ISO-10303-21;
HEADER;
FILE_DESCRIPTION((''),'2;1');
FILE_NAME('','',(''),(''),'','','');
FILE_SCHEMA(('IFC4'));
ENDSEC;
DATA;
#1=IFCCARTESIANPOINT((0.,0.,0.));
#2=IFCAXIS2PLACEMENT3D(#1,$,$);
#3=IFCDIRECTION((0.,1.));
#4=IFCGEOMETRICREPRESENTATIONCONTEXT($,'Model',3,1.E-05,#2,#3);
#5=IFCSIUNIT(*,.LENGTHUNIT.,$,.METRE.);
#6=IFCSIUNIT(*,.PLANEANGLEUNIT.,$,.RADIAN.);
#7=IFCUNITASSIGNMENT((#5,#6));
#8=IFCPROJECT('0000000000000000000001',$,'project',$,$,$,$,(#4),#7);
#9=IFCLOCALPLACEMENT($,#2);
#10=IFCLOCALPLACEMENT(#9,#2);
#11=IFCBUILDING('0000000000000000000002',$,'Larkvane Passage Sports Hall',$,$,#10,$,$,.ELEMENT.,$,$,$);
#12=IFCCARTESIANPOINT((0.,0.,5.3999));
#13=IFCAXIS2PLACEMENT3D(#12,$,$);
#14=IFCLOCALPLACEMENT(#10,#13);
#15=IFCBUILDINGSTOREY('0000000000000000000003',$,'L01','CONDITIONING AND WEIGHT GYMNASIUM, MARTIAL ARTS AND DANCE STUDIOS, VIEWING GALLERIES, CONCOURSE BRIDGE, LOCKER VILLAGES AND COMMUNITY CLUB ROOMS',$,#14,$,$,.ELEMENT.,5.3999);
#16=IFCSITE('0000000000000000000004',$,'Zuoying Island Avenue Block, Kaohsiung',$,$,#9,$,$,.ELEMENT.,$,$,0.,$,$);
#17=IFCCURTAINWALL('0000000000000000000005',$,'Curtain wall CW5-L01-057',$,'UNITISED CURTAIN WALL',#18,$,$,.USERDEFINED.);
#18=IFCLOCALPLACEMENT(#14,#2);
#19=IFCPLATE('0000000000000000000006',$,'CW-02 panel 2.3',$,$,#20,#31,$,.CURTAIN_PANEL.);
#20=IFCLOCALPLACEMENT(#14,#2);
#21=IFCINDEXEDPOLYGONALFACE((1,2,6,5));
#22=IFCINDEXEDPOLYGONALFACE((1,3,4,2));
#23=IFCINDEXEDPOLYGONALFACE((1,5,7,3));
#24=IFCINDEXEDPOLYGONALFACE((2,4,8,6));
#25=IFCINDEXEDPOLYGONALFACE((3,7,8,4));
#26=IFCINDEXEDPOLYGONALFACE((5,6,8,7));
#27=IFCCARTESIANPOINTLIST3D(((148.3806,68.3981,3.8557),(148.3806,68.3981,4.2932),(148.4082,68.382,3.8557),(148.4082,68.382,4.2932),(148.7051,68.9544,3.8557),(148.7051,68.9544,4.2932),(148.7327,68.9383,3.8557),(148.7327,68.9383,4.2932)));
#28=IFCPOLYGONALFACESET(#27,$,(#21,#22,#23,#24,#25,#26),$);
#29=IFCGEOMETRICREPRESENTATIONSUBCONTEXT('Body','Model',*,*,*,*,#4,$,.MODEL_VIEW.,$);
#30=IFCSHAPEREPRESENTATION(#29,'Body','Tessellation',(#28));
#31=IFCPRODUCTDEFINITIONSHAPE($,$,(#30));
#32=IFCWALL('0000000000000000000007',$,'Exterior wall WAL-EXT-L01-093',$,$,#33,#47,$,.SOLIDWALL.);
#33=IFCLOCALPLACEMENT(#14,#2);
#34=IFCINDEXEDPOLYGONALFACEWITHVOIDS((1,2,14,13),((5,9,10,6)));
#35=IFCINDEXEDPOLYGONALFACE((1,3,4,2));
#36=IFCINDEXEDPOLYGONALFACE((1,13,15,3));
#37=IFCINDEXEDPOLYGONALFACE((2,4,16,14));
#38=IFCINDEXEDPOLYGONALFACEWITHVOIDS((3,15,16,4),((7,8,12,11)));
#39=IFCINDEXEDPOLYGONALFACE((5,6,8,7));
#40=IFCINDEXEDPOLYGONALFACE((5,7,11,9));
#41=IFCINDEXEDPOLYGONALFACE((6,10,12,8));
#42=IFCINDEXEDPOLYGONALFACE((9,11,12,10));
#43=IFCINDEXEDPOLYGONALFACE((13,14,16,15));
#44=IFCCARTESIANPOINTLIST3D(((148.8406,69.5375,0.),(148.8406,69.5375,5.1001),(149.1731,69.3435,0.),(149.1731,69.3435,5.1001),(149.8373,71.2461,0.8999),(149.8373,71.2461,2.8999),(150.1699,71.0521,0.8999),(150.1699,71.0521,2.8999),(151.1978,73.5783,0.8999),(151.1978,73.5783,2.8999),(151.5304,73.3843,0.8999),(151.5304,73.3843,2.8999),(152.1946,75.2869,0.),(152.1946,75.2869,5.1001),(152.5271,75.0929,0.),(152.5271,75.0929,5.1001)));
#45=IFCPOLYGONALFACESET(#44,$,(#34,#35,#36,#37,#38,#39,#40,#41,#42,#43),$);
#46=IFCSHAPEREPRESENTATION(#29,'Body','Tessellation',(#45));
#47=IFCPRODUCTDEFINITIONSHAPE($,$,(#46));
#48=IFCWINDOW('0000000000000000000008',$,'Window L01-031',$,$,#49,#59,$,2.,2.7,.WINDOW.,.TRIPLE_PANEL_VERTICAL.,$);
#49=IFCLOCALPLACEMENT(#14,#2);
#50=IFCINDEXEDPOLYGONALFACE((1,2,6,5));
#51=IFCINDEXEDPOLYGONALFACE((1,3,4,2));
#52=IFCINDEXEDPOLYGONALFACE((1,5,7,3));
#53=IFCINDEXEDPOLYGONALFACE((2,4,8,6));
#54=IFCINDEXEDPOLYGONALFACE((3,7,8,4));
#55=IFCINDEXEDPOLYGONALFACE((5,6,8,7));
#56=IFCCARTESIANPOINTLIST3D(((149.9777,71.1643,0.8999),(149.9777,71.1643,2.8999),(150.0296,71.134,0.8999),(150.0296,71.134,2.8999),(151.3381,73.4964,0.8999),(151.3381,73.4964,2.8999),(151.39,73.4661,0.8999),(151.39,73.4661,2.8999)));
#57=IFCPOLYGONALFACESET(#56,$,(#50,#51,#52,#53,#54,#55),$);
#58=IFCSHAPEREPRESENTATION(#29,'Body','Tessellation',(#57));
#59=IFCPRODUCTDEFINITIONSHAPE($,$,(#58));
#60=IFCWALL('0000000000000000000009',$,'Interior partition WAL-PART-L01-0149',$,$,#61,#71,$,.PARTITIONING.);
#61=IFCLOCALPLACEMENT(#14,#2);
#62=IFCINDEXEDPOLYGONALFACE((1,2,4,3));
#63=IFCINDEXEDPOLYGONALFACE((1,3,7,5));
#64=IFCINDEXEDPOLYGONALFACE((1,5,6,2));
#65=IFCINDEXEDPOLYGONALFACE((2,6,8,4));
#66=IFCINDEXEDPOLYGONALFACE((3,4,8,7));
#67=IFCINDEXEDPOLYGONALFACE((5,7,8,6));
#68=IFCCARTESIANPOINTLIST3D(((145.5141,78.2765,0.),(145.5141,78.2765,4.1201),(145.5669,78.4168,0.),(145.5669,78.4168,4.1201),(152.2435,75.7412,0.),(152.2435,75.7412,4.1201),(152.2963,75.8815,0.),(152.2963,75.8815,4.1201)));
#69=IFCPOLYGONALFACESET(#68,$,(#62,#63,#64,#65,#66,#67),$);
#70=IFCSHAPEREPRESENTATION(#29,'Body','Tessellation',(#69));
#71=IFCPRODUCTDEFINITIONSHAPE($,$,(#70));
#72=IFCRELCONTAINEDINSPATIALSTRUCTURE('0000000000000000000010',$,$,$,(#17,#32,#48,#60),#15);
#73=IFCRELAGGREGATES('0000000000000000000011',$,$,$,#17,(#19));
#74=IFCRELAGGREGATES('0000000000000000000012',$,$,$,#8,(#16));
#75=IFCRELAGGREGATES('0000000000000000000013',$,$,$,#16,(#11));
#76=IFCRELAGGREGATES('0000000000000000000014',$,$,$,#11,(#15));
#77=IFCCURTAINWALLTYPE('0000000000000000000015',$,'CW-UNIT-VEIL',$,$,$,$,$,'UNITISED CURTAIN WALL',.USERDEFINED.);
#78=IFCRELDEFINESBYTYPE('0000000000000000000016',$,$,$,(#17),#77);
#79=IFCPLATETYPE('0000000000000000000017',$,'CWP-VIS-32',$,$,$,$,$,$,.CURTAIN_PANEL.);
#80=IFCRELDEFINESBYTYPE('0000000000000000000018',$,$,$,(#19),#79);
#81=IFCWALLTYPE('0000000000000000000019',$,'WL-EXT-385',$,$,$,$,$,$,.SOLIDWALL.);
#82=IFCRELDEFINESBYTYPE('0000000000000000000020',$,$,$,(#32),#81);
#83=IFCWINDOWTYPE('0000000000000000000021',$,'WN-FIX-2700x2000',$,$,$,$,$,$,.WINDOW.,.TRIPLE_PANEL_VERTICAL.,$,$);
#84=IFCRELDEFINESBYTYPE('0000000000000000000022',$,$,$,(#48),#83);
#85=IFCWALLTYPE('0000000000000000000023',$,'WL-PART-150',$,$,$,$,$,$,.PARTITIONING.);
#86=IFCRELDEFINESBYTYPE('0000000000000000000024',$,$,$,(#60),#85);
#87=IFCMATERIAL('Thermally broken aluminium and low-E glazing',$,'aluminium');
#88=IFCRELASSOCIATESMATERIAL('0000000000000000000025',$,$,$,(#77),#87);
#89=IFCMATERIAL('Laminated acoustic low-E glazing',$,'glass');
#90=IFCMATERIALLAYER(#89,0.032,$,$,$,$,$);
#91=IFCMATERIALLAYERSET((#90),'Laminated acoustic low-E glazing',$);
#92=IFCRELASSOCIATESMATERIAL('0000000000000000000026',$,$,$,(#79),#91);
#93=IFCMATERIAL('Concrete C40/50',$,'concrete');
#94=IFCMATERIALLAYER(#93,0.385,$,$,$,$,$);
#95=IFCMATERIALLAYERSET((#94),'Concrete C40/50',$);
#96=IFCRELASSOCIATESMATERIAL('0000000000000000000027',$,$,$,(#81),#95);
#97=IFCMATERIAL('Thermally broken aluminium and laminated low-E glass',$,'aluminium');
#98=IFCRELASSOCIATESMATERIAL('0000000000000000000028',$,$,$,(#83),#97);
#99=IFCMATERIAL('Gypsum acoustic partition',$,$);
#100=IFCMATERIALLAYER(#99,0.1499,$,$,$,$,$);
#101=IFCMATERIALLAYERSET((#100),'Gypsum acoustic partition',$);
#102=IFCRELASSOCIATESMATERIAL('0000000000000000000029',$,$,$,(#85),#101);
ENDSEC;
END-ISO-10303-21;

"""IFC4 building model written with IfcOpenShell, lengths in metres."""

from ifc_helpers import new_model, si_unit, direction, frame, frame_2d, origin, origin_2d, place, context, subcontext, project, spatial, rectangle, extrude, material, layer, layer_set, type_object, element, fill, aggregate, save


model = new_model("IFC4")

# Units and contexts
model_context = context("Model", 3, precision=1e-05, world=origin(), true_north=direction((0.0, 1.0)))
body_context = subcontext(model_context, "Body", "Model", "MODEL_VIEW")
ifc_project = project(units=[si_unit("LENGTHUNIT", "METRE"), si_unit("PLANEANGLEUNIT", "RADIAN")], contexts=[model_context])

# Site, building, storey
site_placement = place(None, origin())
site = spatial("IfcSite", under=ifc_project, at=site_placement, Name="Zuoying Island Avenue Block, Kaohsiung", CompositionType="ELEMENT", RefElevation=0.0)
building_placement = place(site_placement, origin())
building = spatial("IfcBuilding", under=site, at=building_placement, Name="Larkvane Passage Sports Hall", CompositionType="ELEMENT")
storey_placement = place(building_placement, frame((0.0, 0.0, 5.3999)))
storey = spatial("IfcBuildingStorey", under=building, at=storey_placement, Name="L01", Description="CONDITIONING AND WEIGHT GYMNASIUM, MARTIAL ARTS AND DANCE STUDIOS, VIEWING GALLERIES, CONCOURSE BRIDGE, LOCKER VILLAGES AND COMMUNITY CLUB ROOMS", CompositionType="ELEMENT", Elevation=5.3999)

# Shared definitions
ifc_material_1 = material(Name="Concrete C40/50", Category="concrete")

# Curtain wall
ifc_material_2 = material(Name="Thermally broken aluminium and low-E glazing", Category="aluminium")
curtain_wall_type_1 = type_object("IfcCurtainWallType", Name="CW-UNIT-VEIL", ElementType="UNITISED CURTAIN WALL", PredefinedType="USERDEFINED", material=ifc_material_2)
curtain_wall_1_placement = place(storey_placement, origin())
curtain_wall_1 = element("IfcCurtainWall", 1, at=curtain_wall_1_placement, inside=storey, type_object=curtain_wall_type_1, Name="Curtain wall CW5-L01-057", ObjectType="UNITISED CURTAIN WALL", PredefinedType="USERDEFINED")

# Plate
ifc_material_3 = material(Name="Laminated acoustic low-E glazing", Category="glass")
ifc_layer_1 = layer(ifc_material_3, 0.032)
ifc_layer_set_1 = layer_set([ifc_layer_1], Name="Laminated acoustic low-E glazing")
plate_type_1 = type_object("IfcPlateType", Name="CWP-VIS-32", PredefinedType="CURTAIN_PANEL", material=ifc_layer_set_1)
plate_1_placement = place(storey_placement, frame((148.5566, 68.6682, 3.8557), z_axis=(0.0, 0.0, 1.0), x_axis=(-0.503867, -0.863781, 0.0)))
plate_1 = element("IfcPlate", 2, at=plate_1_placement, type_object=plate_type_1, Name="CW-02 panel 2.3", PredefinedType="CURTAIN_PANEL", context=body_context, shape_type="SweptSolid", body=[
    extrude(rectangle(XDim=0.644, YDim=0.032, at=origin_2d()), origin(), (0.0, 0.0, 1.0), 0.4375),
])
aggregate(curtain_wall_1, [plate_1])

# Wall, opening, window
ifc_layer_2 = layer(ifc_material_1, 0.385)
ifc_layer_set_2 = layer_set([ifc_layer_2], Name="Concrete C40/50")
wall_type_1 = type_object("IfcWallType", Name="WL-EXT-385", PredefinedType="SOLIDWALL", material=ifc_layer_set_2)
wall_1_placement = place(storey_placement, frame((152.3608, 75.1899, 0.0), z_axis=(0.0, 0.0, 1.0), x_axis=(-0.503885, -0.863771, 0.0)))
wall_1 = element("IfcWall", 3, at=wall_1_placement, inside=storey, type_object=wall_type_1, Name="Exterior wall WAL-EXT-L01-093", PredefinedType="SOLIDWALL", context=body_context, shape_type="SweptSolid", body=[
    extrude(rectangle(XDim=6.6562, YDim=0.385, at=frame_2d((3.3281, 0.0))), origin(), (0.0, 0.0, 1.0), 5.1001),
])
opening_placement = place(wall_1_placement, frame((1.978, 0.0, 0.8999)))
opening = element("IfcOpeningElement", 4, at=opening_placement, cuts=wall_1, PredefinedType="OPENING", context=body_context, shape_type="SweptSolid", body=[
    extrude(rectangle(XDim=2.7, YDim=2.0, at=frame_2d((1.3501, 1.0))), frame((0.0, 0.2024, 0.0), z_axis=(0.0, -1.0, 0.0), x_axis=(1.0, 0.0, 0.0)), (0.0, 0.0, 1.0), 0.405),
])
ifc_material_4 = material(Name="Thermally broken aluminium and laminated low-E glass", Category="aluminium")
window_type = type_object("IfcWindowType", Name="WN-FIX-2700x2000", PartitioningType="TRIPLE_PANEL_VERTICAL", PredefinedType="WINDOW", material=ifc_material_4)
window_placement = place(opening_placement, origin())
window = element("IfcWindow", 5, at=window_placement, inside=storey, type_object=window_type, Name="Window L01-031", OverallHeight=2.0, OverallWidth=2.7, PartitioningType="TRIPLE_PANEL_VERTICAL", PredefinedType="WINDOW", context=body_context, shape_type="SweptSolid", body=[
    extrude(rectangle(XDim=2.7, YDim=2.0, at=frame_2d((1.3501, 1.0))), frame((0.0, 0.03, 0.0), z_axis=(0.0, -1.0, 0.0), x_axis=(1.0, 0.0, 0.0)), (0.0, 0.0, 1.0), 0.0601),
])
fill(opening, window)

# Wall
ifc_material_5 = material(Name="Gypsum acoustic partition")
ifc_layer_3 = layer(ifc_material_5, 0.1499)
ifc_layer_set_3 = layer_set([ifc_layer_3], Name="Gypsum acoustic partition")
wall_type_2 = type_object("IfcWallType", Name="WL-PART-150", PredefinedType="PARTITIONING", material=ifc_layer_set_3)
wall_2_placement = place(storey_placement, frame((152.27, 75.8113, 0.0), z_axis=(0.0, 0.0, 1.0), x_axis=(-0.935787, 0.352567, 0.0)))
element("IfcWall", 6, at=wall_2_placement, inside=storey, type_object=wall_type_2, Name="Interior partition WAL-PART-L01-0149", PredefinedType="PARTITIONING", context=body_context, shape_type="SweptSolid", body=[
    extrude(rectangle(XDim=7.1912, YDim=0.1499, at=frame_2d((3.5957, 0.0))), origin(), (0.0, 0.0, 1.0), 4.1201),
])

save(model, "model.ifc")
